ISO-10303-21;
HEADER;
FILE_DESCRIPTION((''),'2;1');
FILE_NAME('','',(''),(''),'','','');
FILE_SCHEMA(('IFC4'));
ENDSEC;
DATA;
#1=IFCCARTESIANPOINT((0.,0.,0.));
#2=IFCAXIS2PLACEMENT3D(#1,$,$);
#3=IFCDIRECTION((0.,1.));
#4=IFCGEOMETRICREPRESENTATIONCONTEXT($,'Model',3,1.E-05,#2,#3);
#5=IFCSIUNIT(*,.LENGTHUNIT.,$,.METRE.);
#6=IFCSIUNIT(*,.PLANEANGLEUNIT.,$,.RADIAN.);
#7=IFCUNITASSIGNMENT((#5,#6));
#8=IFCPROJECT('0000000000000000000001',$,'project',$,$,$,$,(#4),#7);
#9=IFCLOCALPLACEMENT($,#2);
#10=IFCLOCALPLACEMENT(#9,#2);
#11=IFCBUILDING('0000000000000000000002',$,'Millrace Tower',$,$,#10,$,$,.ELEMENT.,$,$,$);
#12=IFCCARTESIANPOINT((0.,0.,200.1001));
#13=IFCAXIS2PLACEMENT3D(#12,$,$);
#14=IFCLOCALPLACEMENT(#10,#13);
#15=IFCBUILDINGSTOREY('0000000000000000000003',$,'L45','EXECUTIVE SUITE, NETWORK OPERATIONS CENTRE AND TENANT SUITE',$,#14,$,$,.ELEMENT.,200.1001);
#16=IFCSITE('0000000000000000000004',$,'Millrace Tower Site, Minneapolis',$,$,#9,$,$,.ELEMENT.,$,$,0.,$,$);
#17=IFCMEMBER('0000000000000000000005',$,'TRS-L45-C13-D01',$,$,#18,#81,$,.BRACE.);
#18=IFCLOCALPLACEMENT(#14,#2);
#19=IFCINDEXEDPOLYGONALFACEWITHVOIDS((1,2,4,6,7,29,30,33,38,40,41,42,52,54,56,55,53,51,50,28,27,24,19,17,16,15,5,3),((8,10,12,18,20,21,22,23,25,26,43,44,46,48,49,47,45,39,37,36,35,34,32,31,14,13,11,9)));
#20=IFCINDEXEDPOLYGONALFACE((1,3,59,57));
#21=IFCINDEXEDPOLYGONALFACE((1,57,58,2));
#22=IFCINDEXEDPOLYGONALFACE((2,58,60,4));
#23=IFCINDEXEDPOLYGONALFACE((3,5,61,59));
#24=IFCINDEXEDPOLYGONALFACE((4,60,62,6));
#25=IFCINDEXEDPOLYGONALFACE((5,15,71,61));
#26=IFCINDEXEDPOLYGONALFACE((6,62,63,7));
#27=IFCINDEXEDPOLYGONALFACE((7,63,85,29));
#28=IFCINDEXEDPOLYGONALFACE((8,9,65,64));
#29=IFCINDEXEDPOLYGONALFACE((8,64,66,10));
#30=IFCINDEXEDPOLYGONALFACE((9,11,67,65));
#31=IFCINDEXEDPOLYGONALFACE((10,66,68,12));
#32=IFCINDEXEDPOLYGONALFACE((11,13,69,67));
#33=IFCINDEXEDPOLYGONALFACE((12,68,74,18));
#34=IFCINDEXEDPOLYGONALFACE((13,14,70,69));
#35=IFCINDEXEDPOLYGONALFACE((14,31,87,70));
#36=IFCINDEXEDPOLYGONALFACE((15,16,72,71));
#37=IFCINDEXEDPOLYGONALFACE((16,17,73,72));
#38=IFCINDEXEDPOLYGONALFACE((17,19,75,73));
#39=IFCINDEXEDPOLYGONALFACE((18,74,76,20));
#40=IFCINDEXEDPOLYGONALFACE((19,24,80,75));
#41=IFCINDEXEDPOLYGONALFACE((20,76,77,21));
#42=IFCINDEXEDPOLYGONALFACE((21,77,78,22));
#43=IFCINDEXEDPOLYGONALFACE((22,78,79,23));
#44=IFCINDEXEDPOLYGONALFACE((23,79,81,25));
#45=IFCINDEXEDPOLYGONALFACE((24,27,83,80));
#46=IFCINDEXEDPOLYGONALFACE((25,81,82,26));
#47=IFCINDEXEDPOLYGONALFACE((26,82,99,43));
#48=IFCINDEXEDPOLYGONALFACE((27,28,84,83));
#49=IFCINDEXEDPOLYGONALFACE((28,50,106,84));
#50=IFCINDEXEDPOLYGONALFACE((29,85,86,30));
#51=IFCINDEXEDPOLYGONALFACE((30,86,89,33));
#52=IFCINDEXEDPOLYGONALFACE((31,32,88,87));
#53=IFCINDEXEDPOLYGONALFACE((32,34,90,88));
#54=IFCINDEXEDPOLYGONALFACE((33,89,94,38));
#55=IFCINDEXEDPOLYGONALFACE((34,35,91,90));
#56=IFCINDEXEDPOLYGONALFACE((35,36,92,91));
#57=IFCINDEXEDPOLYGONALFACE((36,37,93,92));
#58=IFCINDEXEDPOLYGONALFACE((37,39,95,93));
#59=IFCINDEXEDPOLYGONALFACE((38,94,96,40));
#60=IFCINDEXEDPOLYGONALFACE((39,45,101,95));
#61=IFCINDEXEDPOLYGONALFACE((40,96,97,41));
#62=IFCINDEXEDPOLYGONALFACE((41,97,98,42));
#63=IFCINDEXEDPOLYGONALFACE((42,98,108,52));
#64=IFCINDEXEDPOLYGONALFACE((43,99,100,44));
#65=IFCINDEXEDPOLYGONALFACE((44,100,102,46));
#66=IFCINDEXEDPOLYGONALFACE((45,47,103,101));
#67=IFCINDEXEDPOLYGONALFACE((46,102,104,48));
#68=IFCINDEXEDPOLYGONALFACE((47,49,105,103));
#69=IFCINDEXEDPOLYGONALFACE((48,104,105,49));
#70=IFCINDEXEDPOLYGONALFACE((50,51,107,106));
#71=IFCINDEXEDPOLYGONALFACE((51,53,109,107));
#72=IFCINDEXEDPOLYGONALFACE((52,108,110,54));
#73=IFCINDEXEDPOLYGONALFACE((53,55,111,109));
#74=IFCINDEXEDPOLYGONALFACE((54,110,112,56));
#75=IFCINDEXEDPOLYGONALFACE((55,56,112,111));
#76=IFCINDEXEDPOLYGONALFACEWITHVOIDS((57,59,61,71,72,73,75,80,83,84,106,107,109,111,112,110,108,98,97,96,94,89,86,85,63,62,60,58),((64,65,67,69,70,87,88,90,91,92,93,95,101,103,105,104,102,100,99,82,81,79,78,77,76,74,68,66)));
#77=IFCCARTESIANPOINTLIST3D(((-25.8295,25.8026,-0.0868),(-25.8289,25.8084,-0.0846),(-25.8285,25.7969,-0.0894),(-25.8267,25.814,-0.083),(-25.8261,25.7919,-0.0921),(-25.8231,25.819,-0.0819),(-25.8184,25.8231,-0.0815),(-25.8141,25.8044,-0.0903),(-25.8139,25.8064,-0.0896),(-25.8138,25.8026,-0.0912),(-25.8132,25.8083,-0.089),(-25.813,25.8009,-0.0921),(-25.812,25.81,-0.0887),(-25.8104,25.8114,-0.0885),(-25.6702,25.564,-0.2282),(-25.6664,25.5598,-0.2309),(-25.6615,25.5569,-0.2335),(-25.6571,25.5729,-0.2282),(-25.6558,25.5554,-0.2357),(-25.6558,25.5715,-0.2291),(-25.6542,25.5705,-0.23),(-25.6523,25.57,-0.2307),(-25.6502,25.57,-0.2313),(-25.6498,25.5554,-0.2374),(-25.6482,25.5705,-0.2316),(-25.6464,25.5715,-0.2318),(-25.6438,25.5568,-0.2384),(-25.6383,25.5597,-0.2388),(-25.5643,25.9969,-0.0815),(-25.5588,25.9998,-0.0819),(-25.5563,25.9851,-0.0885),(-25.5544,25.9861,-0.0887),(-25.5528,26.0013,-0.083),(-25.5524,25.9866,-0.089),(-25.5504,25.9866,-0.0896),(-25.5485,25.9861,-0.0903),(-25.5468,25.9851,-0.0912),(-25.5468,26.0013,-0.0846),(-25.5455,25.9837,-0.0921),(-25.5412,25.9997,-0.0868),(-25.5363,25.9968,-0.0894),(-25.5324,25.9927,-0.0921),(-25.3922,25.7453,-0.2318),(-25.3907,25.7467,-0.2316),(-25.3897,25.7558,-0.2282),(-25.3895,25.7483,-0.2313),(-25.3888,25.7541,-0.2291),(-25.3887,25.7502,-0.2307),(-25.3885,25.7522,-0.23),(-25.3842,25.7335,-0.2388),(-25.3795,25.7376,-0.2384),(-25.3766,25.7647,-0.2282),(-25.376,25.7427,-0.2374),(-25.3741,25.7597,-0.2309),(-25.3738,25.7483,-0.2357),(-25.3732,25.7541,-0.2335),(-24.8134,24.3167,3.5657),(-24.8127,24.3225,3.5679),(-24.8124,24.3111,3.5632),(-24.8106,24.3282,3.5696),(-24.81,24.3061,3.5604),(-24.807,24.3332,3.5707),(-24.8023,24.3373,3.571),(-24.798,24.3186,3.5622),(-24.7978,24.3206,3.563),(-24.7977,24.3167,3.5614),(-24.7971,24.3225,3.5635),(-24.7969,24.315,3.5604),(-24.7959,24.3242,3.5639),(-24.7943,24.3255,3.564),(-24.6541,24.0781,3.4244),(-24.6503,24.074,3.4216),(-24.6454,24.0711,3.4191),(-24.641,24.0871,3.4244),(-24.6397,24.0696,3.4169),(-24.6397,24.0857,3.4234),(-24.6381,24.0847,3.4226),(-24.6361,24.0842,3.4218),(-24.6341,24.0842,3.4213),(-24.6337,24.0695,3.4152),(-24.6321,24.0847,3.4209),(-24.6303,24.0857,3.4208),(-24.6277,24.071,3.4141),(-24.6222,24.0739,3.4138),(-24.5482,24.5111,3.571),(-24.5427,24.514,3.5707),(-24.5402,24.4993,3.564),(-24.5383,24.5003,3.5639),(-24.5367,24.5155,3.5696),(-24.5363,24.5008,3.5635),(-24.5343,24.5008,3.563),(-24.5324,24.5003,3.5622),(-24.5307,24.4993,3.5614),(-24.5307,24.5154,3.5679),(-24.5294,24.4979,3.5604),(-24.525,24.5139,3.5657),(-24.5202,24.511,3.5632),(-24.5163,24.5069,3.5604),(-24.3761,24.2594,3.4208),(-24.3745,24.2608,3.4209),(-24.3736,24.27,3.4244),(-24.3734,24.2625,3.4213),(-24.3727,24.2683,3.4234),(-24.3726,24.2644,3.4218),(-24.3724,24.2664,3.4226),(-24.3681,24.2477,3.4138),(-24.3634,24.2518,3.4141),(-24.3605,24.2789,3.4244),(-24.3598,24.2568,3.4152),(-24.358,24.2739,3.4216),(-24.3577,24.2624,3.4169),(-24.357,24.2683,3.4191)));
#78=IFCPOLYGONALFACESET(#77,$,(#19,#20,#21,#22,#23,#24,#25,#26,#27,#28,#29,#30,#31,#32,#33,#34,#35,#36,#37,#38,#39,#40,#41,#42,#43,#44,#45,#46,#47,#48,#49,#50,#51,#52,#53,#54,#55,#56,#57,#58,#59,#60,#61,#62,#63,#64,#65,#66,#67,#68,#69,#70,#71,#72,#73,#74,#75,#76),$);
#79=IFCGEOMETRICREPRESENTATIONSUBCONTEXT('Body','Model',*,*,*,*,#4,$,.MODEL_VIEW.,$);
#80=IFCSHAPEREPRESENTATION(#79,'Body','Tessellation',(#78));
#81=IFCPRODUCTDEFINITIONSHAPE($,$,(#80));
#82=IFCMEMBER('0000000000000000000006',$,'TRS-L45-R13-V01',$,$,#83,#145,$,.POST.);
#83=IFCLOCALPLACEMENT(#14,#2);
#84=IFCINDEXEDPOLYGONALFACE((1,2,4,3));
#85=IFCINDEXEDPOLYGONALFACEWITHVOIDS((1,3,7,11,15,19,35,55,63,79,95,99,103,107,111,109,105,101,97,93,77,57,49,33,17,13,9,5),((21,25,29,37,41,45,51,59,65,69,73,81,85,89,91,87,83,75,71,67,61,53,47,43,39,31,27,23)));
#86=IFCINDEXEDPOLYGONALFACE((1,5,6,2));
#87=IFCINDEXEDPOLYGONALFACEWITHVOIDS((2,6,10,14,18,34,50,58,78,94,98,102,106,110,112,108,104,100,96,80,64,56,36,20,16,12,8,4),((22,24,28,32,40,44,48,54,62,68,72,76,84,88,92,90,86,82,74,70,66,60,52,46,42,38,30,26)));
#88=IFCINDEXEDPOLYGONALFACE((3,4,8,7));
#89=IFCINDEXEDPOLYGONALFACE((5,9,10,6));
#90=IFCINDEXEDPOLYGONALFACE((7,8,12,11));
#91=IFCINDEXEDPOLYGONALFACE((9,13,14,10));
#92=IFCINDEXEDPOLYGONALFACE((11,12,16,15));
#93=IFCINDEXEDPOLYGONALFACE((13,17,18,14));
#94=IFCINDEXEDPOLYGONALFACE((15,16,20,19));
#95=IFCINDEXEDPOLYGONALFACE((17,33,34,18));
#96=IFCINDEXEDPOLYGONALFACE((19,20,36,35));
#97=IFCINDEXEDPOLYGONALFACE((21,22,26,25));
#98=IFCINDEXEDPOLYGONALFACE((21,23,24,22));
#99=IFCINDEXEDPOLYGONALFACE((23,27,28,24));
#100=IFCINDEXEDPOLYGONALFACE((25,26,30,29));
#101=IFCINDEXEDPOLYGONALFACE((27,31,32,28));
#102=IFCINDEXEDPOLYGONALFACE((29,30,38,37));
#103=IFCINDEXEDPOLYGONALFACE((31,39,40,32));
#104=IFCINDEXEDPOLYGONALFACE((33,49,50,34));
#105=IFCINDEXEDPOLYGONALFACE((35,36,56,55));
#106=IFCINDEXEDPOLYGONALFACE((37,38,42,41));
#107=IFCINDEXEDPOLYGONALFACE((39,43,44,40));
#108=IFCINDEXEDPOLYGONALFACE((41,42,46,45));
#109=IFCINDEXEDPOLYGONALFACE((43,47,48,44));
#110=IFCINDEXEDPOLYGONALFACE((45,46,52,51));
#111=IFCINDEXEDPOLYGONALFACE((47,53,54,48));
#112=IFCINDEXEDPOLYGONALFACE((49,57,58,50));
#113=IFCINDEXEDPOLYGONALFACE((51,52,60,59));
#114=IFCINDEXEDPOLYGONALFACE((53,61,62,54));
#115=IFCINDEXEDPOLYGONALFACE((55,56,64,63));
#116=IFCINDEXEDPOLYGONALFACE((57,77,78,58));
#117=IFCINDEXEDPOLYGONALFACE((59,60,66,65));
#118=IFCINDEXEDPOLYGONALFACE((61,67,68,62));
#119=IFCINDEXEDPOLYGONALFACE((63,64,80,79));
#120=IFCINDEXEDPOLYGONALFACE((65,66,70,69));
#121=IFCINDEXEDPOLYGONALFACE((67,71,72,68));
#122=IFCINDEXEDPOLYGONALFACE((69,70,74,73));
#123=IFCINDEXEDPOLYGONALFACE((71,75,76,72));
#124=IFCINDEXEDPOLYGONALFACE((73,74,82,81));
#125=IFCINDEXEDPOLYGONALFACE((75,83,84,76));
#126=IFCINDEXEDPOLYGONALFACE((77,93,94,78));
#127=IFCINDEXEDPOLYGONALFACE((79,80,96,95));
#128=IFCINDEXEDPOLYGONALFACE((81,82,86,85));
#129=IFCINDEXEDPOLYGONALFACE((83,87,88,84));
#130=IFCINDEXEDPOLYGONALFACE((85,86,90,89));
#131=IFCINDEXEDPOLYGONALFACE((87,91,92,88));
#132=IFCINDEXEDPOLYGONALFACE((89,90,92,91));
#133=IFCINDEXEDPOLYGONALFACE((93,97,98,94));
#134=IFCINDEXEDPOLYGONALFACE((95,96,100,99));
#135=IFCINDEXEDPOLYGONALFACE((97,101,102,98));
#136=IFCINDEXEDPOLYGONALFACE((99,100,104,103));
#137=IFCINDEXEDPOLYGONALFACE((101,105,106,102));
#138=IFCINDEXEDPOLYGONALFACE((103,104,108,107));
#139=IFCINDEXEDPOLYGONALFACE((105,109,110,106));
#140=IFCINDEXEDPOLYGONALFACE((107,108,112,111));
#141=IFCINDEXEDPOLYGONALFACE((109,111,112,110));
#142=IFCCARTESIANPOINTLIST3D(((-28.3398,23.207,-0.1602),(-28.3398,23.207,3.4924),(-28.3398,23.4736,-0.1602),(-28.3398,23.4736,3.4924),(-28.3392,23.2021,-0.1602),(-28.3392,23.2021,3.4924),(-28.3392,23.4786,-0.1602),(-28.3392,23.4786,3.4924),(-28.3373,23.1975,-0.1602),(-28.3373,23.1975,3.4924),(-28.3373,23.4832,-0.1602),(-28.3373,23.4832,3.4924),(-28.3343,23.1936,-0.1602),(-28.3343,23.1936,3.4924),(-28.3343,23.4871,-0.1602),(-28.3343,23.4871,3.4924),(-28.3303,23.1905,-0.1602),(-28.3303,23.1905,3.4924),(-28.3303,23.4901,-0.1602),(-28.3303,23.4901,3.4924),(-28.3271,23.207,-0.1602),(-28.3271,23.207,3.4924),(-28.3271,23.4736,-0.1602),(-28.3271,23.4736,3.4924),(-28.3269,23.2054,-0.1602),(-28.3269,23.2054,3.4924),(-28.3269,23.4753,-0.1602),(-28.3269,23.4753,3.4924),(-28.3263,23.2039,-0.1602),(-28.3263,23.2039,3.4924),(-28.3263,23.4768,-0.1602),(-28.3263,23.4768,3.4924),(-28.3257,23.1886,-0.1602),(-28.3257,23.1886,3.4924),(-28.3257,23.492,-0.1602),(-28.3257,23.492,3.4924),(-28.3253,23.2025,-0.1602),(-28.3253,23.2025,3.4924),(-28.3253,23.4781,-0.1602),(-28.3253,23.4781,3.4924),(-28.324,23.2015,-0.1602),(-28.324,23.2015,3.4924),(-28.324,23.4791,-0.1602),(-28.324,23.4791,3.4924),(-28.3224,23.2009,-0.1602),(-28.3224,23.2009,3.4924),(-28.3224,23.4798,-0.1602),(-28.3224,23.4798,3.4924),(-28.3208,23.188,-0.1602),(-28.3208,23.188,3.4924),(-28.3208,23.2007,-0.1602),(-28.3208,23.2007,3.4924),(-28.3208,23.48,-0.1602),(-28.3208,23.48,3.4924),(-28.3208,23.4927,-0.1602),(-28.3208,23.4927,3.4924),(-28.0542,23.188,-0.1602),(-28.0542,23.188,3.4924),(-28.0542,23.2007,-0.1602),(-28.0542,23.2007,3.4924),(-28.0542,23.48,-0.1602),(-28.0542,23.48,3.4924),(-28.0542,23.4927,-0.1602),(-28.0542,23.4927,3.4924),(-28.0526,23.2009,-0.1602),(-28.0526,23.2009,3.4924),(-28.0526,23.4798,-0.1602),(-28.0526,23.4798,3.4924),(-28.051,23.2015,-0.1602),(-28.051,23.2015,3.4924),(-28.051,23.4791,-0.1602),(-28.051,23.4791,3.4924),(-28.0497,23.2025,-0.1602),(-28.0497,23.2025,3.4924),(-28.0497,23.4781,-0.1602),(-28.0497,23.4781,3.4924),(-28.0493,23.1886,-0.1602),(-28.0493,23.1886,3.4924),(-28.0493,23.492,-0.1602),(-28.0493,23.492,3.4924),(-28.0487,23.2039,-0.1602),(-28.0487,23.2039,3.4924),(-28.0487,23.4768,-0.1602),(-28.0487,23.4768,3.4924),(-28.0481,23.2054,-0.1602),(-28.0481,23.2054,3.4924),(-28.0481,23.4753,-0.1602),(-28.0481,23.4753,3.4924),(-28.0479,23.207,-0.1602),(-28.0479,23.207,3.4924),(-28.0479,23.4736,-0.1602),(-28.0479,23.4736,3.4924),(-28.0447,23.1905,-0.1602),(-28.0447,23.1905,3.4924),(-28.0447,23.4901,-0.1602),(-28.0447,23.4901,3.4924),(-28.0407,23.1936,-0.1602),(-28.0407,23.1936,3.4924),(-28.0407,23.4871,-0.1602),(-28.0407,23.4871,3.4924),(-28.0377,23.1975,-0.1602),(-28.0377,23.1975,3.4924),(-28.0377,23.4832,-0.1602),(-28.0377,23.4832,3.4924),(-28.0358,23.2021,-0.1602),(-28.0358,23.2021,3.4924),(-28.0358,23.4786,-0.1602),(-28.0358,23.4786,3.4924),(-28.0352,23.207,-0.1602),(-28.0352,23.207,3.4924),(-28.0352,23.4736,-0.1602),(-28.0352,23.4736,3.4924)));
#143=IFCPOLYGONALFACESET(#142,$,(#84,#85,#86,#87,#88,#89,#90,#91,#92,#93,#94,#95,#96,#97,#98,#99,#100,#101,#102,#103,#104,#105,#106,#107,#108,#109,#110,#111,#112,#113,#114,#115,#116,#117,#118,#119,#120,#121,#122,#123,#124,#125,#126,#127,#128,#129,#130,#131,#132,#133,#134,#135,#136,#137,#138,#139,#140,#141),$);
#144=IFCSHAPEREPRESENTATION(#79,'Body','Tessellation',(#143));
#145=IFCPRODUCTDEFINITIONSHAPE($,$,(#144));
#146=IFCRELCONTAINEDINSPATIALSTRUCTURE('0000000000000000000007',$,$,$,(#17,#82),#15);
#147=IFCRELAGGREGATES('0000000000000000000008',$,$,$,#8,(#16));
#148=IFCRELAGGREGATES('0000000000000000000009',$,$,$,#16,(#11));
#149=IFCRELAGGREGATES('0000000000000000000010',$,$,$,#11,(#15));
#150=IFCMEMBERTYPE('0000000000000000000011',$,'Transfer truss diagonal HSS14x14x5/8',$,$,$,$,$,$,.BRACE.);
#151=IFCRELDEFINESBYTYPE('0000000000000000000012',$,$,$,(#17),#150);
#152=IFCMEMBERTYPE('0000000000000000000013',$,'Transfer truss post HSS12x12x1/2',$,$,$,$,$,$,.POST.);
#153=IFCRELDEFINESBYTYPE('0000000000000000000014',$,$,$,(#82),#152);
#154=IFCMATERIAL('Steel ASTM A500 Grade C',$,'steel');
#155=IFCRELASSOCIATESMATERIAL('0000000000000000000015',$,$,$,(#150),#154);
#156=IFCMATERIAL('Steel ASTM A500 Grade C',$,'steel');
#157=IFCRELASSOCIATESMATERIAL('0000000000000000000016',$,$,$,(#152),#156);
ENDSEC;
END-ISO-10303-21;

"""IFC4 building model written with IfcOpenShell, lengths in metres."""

from ifc_helpers import new_model, si_unit, direction, frame, origin, origin_2d, place, context, subcontext, project, spatial, hollow_rectangle, extrude, material, material_profile, profile_set, type_object, element, save


model = new_model("IFC4")

# Units and contexts
model_context = context("Model", 3, precision=1e-05, world=origin(), true_north=direction((0.0, 1.0)))
body_context = subcontext(model_context, "Body", "Model", "MODEL_VIEW")
ifc_project = project(units=[si_unit("LENGTHUNIT", "METRE"), si_unit("PLANEANGLEUNIT", "RADIAN")], contexts=[model_context])

# Site, building, storey
site_placement = place(None, origin())
site = spatial("IfcSite", under=ifc_project, at=site_placement, Name="Millrace Tower Site, Minneapolis", CompositionType="ELEMENT", RefElevation=0.0)
building_placement = place(site_placement, origin())
building = spatial("IfcBuilding", under=site, at=building_placement, Name="Millrace Tower", CompositionType="ELEMENT")
storey_placement = place(building_placement, frame((0.0, 0.0, 200.1001)))
storey = spatial("IfcBuildingStorey", under=building, at=storey_placement, Name="L45", Description="EXECUTIVE SUITE, NETWORK OPERATIONS CENTRE AND TENANT SUITE", CompositionType="ELEMENT", Elevation=200.1001)

# Members
ifc_material_1 = material(Name="Steel ASTM A500 Grade C", Category="steel")
ifc_material_profile_1 = material_profile(ifc_material_1, hollow_rectangle(XDim=0.3557, YDim=0.3557, WallThickness=0.0159, InnerFilletRadius=0.0081, OuterFilletRadius=0.0239, at=origin_2d()))
ifc_profile_set_1 = profile_set([ifc_material_profile_1], Name="Steel ASTM A500 Grade C")
member_type_1 = type_object("IfcMemberType", Name="Transfer truss diagonal HSS14x14x5/8", PredefinedType="BRACE", material=ifc_profile_set_1)
member_1_placement = place(storey_placement, frame((-25.6013, 25.7783, -0.1602), z_axis=(0.249533, -0.364887, 0.89699), x_axis=(0.82544, 0.564489, 0.0)))
element("IfcMember", 1, at=member_1_placement, inside=storey, type_object=member_type_1, Name="TRS-L45-C13-D01", PredefinedType="BRACE", context=body_context, shape_type="SweptSolid", body=[
    extrude(hollow_rectangle(XDim=0.3557, YDim=0.3557, WallThickness=0.0159, InnerFilletRadius=0.0081, OuterFilletRadius=0.0239, at=origin_2d()), origin(), (0.0, 0.0, 1.0), 4.072),
])
ifc_material_2 = material(Name="Steel ASTM A500 Grade C", Category="steel")
ifc_material_profile_2 = material_profile(ifc_material_2, hollow_rectangle(XDim=0.3047, YDim=0.3047, WallThickness=0.0127, InnerFilletRadius=0.0063, OuterFilletRadius=0.019, at=origin_2d()))
ifc_profile_set_2 = profile_set([ifc_material_profile_2], Name="Steel ASTM A500 Grade C")
member_type_2 = type_object("IfcMemberType", Name="Transfer truss post HSS12x12x1/2", PredefinedType="POST", material=ifc_profile_set_2)
for number, where, z_axis, x_axis, name in (
    (2, (-28.1875, 23.3403, -0.1602), (0.0, 0.0, 1.0), (1.0, 0.0, 0.0), "TRS-L45-R13-V01"),
):
    element("IfcMember", number, at=place(storey_placement, frame(where, z_axis=z_axis, x_axis=x_axis)), inside=storey, type_object=member_type_2, Name=name, PredefinedType="POST", context=body_context, shape_type="SweptSolid", body=[
        extrude(hollow_rectangle(XDim=0.3047, YDim=0.3047, WallThickness=0.0127, InnerFilletRadius=0.0063, OuterFilletRadius=0.019, at=origin_2d()), origin(), (0.0, 0.0, 1.0), 3.6526),
    ])

save(model, "model.ifc")
